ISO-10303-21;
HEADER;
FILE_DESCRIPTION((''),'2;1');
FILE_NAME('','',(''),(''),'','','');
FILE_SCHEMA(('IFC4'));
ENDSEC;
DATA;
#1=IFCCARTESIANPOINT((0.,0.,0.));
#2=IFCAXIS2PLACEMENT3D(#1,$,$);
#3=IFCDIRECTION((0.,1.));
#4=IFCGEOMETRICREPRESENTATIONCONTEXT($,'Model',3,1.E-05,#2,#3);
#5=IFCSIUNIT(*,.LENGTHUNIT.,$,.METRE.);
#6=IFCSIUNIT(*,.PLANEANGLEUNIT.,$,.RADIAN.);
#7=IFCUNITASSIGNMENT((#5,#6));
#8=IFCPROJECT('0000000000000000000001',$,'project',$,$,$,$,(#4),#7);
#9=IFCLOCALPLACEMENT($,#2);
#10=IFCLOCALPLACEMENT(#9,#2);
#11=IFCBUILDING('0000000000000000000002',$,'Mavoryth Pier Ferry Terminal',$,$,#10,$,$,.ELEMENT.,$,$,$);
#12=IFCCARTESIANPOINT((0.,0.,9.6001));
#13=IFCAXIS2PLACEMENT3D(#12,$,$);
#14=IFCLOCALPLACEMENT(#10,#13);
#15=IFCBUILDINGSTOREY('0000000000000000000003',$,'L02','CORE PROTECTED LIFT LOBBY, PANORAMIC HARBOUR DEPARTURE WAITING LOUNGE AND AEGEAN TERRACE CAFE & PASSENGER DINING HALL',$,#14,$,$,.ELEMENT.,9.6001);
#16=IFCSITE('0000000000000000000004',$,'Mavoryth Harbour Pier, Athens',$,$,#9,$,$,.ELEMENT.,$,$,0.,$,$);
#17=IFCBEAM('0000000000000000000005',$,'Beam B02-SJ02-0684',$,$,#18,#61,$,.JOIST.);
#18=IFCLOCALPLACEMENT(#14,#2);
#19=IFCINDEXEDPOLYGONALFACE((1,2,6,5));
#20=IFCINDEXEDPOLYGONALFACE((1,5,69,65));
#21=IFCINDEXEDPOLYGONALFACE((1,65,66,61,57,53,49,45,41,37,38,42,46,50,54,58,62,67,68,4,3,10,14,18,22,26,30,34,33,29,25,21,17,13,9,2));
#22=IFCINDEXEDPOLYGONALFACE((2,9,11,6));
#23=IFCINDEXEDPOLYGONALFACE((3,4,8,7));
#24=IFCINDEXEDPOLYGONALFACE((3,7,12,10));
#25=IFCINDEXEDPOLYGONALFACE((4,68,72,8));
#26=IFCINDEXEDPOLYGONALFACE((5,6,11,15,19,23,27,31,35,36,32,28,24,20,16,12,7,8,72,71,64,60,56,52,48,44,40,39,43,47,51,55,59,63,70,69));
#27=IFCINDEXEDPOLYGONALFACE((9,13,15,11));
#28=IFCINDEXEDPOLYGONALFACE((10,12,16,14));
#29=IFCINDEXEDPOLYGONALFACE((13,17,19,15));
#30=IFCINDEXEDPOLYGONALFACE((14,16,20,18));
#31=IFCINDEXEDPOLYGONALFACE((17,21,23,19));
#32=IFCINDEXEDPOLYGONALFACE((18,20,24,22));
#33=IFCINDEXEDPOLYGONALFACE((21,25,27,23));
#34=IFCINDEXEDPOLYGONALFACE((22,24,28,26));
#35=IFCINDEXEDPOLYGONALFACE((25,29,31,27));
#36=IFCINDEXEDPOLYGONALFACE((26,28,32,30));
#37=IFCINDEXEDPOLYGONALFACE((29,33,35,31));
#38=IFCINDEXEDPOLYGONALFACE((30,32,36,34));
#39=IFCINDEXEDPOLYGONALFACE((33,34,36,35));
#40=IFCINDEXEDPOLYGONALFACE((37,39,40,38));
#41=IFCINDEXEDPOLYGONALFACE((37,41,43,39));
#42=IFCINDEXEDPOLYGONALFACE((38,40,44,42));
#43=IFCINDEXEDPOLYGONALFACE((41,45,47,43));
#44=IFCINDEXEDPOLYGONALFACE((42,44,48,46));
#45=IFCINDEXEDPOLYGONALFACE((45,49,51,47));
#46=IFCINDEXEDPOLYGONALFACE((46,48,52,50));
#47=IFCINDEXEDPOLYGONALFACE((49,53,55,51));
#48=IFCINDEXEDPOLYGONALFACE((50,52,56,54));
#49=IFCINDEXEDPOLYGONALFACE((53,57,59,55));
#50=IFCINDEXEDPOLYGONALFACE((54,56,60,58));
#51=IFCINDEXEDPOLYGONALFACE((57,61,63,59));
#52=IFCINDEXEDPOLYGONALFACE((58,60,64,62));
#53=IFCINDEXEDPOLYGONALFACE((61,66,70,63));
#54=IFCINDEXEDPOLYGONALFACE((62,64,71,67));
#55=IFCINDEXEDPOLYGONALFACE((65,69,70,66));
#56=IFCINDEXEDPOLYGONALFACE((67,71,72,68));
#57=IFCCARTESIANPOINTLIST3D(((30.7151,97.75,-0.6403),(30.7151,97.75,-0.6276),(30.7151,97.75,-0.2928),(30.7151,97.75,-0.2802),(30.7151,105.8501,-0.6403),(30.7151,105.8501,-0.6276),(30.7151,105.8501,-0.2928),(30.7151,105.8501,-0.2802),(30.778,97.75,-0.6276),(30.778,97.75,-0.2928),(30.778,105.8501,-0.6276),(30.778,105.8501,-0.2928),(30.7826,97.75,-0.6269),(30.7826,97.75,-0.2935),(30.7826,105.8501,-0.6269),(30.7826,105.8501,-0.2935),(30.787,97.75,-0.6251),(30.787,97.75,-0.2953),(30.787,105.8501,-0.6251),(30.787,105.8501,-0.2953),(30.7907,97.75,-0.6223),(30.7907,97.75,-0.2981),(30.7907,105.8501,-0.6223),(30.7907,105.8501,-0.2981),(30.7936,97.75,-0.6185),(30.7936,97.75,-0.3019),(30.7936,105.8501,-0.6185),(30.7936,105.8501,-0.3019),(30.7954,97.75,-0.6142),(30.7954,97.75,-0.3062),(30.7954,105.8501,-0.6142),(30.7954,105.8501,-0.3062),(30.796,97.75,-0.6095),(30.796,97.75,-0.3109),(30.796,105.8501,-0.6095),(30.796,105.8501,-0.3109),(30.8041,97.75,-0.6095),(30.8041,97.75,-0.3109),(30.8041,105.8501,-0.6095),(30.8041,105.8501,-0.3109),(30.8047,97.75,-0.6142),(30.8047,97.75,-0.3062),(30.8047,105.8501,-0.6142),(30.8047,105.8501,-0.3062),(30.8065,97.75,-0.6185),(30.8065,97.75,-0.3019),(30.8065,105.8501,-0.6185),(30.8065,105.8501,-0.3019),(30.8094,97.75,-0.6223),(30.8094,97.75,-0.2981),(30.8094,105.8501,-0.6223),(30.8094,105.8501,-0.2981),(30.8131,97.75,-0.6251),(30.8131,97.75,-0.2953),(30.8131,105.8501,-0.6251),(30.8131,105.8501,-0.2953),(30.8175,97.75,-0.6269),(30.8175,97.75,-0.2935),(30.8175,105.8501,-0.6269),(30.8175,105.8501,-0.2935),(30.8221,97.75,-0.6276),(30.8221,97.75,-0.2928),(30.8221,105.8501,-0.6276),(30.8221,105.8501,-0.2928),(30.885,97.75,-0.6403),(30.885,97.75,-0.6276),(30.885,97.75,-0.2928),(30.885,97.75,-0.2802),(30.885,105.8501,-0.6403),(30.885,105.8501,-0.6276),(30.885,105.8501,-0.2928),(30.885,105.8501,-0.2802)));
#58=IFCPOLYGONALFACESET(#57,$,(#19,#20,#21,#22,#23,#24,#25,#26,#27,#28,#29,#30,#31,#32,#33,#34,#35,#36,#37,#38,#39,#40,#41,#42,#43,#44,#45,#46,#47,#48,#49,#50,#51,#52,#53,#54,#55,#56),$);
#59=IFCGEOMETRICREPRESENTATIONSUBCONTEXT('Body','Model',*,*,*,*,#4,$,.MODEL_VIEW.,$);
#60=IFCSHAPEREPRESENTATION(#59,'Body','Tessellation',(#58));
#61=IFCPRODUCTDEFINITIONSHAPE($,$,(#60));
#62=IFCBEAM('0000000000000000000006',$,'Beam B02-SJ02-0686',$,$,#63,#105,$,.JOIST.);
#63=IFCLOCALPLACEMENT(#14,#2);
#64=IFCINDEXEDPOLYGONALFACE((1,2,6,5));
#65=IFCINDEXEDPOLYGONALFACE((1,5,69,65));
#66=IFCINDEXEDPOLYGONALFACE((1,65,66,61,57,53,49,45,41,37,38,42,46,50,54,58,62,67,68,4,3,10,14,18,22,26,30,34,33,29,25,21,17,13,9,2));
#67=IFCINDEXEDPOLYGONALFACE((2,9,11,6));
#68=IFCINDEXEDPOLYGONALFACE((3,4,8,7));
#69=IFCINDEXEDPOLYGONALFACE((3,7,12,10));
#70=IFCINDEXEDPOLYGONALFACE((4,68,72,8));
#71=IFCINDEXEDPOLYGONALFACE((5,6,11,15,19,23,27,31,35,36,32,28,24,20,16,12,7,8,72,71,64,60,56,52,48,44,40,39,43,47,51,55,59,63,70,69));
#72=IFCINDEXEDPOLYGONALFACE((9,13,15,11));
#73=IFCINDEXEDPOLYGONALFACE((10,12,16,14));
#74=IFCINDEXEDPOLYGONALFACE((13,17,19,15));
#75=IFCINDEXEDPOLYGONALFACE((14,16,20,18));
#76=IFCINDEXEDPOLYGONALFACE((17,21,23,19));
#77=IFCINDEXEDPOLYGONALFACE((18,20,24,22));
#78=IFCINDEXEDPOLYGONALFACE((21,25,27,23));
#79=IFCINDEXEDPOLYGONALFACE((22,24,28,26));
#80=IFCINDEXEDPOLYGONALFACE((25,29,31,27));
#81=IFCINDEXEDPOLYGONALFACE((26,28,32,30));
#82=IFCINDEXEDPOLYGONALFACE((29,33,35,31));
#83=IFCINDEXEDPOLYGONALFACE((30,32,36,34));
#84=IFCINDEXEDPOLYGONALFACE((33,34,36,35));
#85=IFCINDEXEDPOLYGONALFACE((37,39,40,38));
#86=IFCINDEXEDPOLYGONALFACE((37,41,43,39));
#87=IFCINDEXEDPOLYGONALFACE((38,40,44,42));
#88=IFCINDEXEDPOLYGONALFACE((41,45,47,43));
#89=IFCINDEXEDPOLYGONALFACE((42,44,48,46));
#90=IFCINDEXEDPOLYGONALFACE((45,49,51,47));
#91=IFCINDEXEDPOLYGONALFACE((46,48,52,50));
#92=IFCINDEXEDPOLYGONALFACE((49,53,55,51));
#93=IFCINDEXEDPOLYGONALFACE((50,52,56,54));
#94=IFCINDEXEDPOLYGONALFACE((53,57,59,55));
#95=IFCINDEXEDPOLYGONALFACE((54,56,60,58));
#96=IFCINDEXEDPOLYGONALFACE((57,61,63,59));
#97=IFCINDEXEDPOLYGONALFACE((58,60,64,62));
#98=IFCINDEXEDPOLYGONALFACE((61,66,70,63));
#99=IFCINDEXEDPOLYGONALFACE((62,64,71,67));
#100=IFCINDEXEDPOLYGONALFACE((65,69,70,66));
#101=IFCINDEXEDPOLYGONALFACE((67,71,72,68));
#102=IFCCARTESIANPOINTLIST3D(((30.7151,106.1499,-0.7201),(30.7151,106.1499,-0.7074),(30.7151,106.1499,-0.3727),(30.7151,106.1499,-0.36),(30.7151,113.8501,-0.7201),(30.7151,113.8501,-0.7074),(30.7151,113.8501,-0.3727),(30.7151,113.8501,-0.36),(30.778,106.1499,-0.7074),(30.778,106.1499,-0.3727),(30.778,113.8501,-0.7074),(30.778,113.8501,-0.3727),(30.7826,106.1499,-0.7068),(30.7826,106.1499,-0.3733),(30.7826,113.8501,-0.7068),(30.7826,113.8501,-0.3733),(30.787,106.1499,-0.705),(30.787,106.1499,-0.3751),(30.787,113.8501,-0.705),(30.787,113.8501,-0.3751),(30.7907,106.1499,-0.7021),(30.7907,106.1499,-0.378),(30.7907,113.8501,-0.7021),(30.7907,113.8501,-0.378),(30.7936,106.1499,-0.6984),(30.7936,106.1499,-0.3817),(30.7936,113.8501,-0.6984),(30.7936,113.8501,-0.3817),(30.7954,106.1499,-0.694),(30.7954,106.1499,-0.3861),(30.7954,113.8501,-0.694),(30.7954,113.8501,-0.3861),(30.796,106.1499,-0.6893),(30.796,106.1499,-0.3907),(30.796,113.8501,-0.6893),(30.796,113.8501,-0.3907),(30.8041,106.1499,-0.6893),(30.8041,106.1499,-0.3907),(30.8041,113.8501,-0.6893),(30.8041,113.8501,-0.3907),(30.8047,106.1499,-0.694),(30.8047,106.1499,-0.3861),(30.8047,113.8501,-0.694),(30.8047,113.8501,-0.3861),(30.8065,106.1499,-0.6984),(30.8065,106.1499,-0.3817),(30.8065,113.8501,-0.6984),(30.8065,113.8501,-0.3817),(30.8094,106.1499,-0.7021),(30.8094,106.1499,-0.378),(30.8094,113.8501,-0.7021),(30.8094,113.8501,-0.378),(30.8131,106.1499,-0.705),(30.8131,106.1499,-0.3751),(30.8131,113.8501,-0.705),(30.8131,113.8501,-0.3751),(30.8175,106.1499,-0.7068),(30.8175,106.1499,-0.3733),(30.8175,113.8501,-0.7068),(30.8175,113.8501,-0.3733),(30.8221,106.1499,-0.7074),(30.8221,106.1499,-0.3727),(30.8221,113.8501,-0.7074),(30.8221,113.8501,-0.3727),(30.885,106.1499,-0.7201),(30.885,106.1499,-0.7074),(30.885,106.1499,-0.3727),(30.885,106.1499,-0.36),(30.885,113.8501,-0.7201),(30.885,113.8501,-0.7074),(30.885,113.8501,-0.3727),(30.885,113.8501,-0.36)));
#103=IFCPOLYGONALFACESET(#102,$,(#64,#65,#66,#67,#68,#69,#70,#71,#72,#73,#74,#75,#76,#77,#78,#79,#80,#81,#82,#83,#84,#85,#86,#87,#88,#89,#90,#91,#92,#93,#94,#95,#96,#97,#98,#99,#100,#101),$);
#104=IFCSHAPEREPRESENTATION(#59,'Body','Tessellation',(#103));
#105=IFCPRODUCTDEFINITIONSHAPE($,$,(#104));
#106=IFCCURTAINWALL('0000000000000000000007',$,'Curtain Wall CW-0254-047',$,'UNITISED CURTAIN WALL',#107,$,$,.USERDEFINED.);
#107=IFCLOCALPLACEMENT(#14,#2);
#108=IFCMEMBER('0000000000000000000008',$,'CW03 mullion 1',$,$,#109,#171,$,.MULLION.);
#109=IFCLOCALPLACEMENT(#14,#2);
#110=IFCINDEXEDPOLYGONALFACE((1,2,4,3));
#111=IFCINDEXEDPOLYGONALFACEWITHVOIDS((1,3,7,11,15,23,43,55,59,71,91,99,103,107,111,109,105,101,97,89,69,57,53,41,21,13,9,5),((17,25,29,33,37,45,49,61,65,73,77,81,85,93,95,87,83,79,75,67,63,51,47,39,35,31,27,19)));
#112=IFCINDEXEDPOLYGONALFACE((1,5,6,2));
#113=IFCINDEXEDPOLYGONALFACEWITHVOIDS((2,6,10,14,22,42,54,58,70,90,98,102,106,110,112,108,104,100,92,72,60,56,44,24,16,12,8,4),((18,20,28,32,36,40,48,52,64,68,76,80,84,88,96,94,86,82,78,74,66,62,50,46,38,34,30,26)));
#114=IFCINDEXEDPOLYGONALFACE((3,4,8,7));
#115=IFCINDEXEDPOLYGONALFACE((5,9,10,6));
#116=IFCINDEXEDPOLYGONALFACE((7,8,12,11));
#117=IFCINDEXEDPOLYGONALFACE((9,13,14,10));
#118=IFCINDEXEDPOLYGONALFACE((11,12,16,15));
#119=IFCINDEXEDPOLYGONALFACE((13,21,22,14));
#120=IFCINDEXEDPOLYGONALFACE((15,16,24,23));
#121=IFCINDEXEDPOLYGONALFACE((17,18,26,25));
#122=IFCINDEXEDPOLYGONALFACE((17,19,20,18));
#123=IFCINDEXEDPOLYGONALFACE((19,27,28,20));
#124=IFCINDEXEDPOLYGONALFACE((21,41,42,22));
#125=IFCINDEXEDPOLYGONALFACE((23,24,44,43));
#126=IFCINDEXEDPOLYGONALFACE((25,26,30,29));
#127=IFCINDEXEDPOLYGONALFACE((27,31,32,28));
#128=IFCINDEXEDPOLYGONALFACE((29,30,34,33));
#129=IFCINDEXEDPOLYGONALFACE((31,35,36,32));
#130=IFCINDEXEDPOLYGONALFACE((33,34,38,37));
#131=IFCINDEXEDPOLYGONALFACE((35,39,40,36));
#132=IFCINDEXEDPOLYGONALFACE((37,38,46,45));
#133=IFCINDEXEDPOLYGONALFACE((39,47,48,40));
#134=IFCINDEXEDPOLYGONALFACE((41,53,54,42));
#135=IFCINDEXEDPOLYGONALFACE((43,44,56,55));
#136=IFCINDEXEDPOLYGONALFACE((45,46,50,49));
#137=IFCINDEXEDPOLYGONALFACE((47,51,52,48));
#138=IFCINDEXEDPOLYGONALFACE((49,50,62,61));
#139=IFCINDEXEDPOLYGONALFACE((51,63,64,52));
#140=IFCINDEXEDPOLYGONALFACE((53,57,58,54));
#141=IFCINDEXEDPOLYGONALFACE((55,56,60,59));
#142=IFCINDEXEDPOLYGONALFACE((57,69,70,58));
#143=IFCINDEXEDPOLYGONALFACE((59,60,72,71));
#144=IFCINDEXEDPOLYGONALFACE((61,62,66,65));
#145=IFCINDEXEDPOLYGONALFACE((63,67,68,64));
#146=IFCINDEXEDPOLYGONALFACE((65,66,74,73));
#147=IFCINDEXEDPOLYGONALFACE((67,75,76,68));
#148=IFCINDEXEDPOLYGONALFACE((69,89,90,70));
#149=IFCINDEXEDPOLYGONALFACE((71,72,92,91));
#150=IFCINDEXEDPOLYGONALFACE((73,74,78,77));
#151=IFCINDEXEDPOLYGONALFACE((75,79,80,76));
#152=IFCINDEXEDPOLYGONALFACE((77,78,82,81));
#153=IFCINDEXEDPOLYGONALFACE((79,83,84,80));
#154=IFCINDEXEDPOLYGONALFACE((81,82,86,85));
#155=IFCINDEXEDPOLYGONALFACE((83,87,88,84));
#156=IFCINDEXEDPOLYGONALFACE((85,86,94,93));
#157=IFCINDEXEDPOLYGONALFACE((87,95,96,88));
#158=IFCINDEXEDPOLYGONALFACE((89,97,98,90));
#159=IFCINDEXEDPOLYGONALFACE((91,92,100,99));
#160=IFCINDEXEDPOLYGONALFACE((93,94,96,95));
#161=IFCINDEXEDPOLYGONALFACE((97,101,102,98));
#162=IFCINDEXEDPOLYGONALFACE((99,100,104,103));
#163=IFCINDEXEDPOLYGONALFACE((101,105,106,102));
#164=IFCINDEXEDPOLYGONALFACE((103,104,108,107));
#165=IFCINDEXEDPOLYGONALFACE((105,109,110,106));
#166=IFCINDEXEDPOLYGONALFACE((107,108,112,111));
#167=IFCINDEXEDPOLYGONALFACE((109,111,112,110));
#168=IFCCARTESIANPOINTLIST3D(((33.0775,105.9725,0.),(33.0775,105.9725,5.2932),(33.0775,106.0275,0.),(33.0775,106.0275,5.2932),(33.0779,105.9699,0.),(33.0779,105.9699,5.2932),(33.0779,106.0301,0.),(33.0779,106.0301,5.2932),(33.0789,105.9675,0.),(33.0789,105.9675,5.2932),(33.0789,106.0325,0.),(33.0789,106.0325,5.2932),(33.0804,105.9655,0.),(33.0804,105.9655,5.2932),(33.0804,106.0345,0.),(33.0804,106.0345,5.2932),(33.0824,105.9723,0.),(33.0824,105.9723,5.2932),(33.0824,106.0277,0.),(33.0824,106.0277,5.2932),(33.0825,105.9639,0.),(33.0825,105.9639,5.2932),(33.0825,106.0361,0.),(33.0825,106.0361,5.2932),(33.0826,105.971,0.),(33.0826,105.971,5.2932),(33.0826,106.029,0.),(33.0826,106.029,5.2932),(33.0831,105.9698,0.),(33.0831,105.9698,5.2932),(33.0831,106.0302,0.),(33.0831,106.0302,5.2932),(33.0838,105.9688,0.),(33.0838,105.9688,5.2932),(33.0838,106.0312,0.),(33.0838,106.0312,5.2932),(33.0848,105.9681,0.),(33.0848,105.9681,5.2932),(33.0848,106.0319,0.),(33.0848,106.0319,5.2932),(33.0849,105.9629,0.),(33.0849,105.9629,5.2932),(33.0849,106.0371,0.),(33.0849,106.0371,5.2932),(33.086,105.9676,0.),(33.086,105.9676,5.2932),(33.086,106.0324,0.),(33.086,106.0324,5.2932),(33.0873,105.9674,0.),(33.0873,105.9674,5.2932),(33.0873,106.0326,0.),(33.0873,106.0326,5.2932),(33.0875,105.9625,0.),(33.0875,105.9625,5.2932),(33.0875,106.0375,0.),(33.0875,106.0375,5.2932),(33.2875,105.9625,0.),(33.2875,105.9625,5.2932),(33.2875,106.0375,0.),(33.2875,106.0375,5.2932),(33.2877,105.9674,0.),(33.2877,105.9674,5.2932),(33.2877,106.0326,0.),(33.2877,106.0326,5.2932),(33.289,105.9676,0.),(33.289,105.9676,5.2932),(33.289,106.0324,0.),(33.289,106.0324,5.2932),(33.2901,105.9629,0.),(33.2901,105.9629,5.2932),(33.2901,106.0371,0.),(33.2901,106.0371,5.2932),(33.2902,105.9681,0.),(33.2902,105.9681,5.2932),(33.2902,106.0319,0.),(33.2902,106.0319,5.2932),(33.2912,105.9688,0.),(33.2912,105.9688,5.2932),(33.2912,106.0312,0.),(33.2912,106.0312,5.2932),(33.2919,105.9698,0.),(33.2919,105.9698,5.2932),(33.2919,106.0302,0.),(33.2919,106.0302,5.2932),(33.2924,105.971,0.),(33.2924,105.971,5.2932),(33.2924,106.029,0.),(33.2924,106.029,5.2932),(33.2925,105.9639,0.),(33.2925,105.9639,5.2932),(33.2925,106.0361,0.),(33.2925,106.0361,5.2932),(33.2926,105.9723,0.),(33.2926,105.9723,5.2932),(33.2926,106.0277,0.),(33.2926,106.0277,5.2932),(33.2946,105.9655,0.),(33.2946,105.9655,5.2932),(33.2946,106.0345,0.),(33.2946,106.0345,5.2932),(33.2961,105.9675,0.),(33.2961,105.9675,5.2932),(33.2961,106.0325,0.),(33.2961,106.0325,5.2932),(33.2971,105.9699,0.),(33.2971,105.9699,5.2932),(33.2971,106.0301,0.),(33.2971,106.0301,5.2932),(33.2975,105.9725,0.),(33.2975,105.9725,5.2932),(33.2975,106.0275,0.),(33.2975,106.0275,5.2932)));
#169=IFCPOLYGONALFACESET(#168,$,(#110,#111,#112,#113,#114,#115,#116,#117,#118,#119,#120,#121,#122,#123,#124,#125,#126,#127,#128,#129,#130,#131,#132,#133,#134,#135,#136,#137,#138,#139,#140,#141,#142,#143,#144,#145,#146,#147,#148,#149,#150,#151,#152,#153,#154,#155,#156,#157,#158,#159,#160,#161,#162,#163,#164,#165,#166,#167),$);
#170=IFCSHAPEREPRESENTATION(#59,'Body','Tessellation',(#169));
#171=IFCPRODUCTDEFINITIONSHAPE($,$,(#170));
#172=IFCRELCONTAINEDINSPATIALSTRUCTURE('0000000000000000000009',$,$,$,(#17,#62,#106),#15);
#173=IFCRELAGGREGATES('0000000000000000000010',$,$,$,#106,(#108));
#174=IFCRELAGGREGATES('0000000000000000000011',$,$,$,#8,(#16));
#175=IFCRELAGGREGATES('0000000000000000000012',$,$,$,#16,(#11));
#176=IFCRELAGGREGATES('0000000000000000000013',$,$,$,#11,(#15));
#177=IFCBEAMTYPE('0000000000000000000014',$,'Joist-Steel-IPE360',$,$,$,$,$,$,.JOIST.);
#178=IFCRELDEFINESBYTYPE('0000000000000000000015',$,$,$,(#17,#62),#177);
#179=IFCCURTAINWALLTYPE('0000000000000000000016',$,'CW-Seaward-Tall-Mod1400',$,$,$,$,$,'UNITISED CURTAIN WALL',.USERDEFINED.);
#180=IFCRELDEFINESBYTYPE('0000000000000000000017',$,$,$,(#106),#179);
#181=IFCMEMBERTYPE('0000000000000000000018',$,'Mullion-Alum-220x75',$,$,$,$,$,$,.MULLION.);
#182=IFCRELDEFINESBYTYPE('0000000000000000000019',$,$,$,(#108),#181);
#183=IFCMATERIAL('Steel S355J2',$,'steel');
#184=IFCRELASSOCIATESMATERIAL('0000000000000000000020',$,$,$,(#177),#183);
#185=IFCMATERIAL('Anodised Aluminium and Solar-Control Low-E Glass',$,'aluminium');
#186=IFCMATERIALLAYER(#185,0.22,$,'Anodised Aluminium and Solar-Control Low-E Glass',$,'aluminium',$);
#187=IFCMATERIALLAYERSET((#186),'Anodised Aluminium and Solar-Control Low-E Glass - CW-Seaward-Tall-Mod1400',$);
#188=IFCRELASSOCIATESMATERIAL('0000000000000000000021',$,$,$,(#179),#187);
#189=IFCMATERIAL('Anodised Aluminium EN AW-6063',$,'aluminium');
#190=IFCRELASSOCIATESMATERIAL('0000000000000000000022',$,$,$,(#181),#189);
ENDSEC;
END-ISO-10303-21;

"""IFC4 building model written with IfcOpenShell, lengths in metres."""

from ifc_helpers import new_model, si_unit, direction, frame, origin, origin_2d, place, context, subcontext, project, spatial, hollow_rectangle, i_section, extrude, material, layer, layer_set, material_profile, profile_set, type_object, element, aggregate, save


model = new_model("IFC4")

# Units and contexts
model_context = context("Model", 3, precision=1e-05, world=origin(), true_north=direction((0.0, 1.0)))
body_context = subcontext(model_context, "Body", "Model", "MODEL_VIEW")
ifc_project = project(units=[si_unit("LENGTHUNIT", "METRE"), si_unit("PLANEANGLEUNIT", "RADIAN")], contexts=[model_context])

# Site, building, storey
site_placement = place(None, origin())
site = spatial("IfcSite", under=ifc_project, at=site_placement, Name="Mavoryth Harbour Pier, Athens", CompositionType="ELEMENT", RefElevation=0.0)
building_placement = place(site_placement, origin())
building = spatial("IfcBuilding", under=site, at=building_placement, Name="Mavoryth Pier Ferry Terminal", CompositionType="ELEMENT")
storey_placement = place(building_placement, frame((0.0, 0.0, 9.6001)))
storey = spatial("IfcBuildingStorey", under=building, at=storey_placement, Name="L02", Description="CORE PROTECTED LIFT LOBBY, PANORAMIC HARBOUR DEPARTURE WAITING LOUNGE AND AEGEAN TERRACE CAFE & PASSENGER DINING HALL", CompositionType="ELEMENT", Elevation=9.6001)

# Beams
ifc_material_1 = material(Name="Steel S355J2", Category="steel")
ifc_material_profile_1 = material_profile(ifc_material_1, i_section(OverallWidth=0.1699, OverallDepth=0.3601, WebThickness=0.0081, FlangeThickness=0.0127, FilletRadius=0.0181, at=origin_2d()), Name="IPE 360", Category="steel")
ifc_profile_set_1 = profile_set([ifc_material_profile_1], Name="Steel S355J2 - IPE 360")
beam_type = type_object("IfcBeamType", Name="Joist-Steel-IPE360", PredefinedType="JOIST", material=ifc_profile_set_1)
beam_1_placement = place(storey_placement, frame((30.8, 97.75, -0.4602), z_axis=(0.0, 1.0, 0.0), x_axis=(-1.0, 0.0, 0.0)))
element("IfcBeam", 1, at=beam_1_placement, inside=storey, type_object=beam_type, Name="Beam B02-SJ02-0684", PredefinedType="JOIST", context=body_context, shape_type="SweptSolid", body=[
    extrude(i_section(OverallWidth=0.1699, OverallDepth=0.3601, WebThickness=0.0081, FlangeThickness=0.0127, FilletRadius=0.0181, at=origin_2d()), origin(), (0.0, 0.0, 1.0), 8.1001),
])
beam_2_placement = place(storey_placement, frame((30.8, 106.1499, -0.54), z_axis=(0.0, 1.0, 0.0), x_axis=(-1.0, 0.0, 0.0)))
element("IfcBeam", 2, at=beam_2_placement, inside=storey, type_object=beam_type, Name="Beam B02-SJ02-0686", PredefinedType="JOIST", context=body_context, shape_type="SweptSolid", body=[
    extrude(i_section(OverallWidth=0.1699, OverallDepth=0.3601, WebThickness=0.0081, FlangeThickness=0.0127, FilletRadius=0.0181, at=origin_2d()), origin(), (0.0, 0.0, 1.0), 7.7002),
])

# Curtain wall, member
ifc_material_2 = material(Name="Anodised Aluminium and Solar-Control Low-E Glass", Category="aluminium")
ifc_layer_1 = layer(ifc_material_2, 0.22, Name="Anodised Aluminium and Solar-Control Low-E Glass", Category="aluminium")
ifc_layer_set_1 = layer_set([ifc_layer_1], Name="Anodised Aluminium and Solar-Control Low-E Glass - CW-Seaward-Tall-Mod1400")
curtain_wall_type = type_object("IfcCurtainWallType", Name="CW-Seaward-Tall-Mod1400", ElementType="UNITISED CURTAIN WALL", PredefinedType="USERDEFINED", material=ifc_layer_set_1)
curtain_wall_placement = place(storey_placement, origin())
curtain_wall = element("IfcCurtainWall", 3, at=curtain_wall_placement, inside=storey, type_object=curtain_wall_type, Name="Curtain Wall CW-0254-047", ObjectType="UNITISED CURTAIN WALL", PredefinedType="USERDEFINED")
ifc_material_3 = material(Name="Anodised Aluminium EN AW-6063", Category="aluminium")
ifc_material_profile_2 = material_profile(ifc_material_3, hollow_rectangle(XDim=0.075, YDim=0.22, WallThickness=0.0049, InnerFilletRadius=0.0049, OuterFilletRadius=0.01, at=origin_2d()), Name="AL-MULL 220x75x5", Category="aluminium")
ifc_profile_set_2 = profile_set([ifc_material_profile_2], Name="Anodised Aluminium EN AW-6063 - AL-MULL 220x75x5")
member_type_1 = type_object("IfcMemberType", Name="Mullion-Alum-220x75", PredefinedType="MULLION", material=ifc_profile_set_2)
member_1_placement = place(storey_placement, frame((33.1875, 106.0, 0.0), z_axis=(0.0, 0.0, 1.0), x_axis=(0.0, -1.0, 0.0)))
member_1 = element("IfcMember", 4, at=member_1_placement, type_object=member_type_1, Name="CW03 mullion 1", PredefinedType="MULLION", context=body_context, shape_type="SweptSolid", body=[
    extrude(hollow_rectangle(XDim=0.075, YDim=0.22, WallThickness=0.0049, InnerFilletRadius=0.0049, OuterFilletRadius=0.01, at=origin_2d()), origin(), (0.0, 0.0, 1.0), 5.2932),
])

aggregate(curtain_wall, [member_1])

save(model, "model.ifc")
